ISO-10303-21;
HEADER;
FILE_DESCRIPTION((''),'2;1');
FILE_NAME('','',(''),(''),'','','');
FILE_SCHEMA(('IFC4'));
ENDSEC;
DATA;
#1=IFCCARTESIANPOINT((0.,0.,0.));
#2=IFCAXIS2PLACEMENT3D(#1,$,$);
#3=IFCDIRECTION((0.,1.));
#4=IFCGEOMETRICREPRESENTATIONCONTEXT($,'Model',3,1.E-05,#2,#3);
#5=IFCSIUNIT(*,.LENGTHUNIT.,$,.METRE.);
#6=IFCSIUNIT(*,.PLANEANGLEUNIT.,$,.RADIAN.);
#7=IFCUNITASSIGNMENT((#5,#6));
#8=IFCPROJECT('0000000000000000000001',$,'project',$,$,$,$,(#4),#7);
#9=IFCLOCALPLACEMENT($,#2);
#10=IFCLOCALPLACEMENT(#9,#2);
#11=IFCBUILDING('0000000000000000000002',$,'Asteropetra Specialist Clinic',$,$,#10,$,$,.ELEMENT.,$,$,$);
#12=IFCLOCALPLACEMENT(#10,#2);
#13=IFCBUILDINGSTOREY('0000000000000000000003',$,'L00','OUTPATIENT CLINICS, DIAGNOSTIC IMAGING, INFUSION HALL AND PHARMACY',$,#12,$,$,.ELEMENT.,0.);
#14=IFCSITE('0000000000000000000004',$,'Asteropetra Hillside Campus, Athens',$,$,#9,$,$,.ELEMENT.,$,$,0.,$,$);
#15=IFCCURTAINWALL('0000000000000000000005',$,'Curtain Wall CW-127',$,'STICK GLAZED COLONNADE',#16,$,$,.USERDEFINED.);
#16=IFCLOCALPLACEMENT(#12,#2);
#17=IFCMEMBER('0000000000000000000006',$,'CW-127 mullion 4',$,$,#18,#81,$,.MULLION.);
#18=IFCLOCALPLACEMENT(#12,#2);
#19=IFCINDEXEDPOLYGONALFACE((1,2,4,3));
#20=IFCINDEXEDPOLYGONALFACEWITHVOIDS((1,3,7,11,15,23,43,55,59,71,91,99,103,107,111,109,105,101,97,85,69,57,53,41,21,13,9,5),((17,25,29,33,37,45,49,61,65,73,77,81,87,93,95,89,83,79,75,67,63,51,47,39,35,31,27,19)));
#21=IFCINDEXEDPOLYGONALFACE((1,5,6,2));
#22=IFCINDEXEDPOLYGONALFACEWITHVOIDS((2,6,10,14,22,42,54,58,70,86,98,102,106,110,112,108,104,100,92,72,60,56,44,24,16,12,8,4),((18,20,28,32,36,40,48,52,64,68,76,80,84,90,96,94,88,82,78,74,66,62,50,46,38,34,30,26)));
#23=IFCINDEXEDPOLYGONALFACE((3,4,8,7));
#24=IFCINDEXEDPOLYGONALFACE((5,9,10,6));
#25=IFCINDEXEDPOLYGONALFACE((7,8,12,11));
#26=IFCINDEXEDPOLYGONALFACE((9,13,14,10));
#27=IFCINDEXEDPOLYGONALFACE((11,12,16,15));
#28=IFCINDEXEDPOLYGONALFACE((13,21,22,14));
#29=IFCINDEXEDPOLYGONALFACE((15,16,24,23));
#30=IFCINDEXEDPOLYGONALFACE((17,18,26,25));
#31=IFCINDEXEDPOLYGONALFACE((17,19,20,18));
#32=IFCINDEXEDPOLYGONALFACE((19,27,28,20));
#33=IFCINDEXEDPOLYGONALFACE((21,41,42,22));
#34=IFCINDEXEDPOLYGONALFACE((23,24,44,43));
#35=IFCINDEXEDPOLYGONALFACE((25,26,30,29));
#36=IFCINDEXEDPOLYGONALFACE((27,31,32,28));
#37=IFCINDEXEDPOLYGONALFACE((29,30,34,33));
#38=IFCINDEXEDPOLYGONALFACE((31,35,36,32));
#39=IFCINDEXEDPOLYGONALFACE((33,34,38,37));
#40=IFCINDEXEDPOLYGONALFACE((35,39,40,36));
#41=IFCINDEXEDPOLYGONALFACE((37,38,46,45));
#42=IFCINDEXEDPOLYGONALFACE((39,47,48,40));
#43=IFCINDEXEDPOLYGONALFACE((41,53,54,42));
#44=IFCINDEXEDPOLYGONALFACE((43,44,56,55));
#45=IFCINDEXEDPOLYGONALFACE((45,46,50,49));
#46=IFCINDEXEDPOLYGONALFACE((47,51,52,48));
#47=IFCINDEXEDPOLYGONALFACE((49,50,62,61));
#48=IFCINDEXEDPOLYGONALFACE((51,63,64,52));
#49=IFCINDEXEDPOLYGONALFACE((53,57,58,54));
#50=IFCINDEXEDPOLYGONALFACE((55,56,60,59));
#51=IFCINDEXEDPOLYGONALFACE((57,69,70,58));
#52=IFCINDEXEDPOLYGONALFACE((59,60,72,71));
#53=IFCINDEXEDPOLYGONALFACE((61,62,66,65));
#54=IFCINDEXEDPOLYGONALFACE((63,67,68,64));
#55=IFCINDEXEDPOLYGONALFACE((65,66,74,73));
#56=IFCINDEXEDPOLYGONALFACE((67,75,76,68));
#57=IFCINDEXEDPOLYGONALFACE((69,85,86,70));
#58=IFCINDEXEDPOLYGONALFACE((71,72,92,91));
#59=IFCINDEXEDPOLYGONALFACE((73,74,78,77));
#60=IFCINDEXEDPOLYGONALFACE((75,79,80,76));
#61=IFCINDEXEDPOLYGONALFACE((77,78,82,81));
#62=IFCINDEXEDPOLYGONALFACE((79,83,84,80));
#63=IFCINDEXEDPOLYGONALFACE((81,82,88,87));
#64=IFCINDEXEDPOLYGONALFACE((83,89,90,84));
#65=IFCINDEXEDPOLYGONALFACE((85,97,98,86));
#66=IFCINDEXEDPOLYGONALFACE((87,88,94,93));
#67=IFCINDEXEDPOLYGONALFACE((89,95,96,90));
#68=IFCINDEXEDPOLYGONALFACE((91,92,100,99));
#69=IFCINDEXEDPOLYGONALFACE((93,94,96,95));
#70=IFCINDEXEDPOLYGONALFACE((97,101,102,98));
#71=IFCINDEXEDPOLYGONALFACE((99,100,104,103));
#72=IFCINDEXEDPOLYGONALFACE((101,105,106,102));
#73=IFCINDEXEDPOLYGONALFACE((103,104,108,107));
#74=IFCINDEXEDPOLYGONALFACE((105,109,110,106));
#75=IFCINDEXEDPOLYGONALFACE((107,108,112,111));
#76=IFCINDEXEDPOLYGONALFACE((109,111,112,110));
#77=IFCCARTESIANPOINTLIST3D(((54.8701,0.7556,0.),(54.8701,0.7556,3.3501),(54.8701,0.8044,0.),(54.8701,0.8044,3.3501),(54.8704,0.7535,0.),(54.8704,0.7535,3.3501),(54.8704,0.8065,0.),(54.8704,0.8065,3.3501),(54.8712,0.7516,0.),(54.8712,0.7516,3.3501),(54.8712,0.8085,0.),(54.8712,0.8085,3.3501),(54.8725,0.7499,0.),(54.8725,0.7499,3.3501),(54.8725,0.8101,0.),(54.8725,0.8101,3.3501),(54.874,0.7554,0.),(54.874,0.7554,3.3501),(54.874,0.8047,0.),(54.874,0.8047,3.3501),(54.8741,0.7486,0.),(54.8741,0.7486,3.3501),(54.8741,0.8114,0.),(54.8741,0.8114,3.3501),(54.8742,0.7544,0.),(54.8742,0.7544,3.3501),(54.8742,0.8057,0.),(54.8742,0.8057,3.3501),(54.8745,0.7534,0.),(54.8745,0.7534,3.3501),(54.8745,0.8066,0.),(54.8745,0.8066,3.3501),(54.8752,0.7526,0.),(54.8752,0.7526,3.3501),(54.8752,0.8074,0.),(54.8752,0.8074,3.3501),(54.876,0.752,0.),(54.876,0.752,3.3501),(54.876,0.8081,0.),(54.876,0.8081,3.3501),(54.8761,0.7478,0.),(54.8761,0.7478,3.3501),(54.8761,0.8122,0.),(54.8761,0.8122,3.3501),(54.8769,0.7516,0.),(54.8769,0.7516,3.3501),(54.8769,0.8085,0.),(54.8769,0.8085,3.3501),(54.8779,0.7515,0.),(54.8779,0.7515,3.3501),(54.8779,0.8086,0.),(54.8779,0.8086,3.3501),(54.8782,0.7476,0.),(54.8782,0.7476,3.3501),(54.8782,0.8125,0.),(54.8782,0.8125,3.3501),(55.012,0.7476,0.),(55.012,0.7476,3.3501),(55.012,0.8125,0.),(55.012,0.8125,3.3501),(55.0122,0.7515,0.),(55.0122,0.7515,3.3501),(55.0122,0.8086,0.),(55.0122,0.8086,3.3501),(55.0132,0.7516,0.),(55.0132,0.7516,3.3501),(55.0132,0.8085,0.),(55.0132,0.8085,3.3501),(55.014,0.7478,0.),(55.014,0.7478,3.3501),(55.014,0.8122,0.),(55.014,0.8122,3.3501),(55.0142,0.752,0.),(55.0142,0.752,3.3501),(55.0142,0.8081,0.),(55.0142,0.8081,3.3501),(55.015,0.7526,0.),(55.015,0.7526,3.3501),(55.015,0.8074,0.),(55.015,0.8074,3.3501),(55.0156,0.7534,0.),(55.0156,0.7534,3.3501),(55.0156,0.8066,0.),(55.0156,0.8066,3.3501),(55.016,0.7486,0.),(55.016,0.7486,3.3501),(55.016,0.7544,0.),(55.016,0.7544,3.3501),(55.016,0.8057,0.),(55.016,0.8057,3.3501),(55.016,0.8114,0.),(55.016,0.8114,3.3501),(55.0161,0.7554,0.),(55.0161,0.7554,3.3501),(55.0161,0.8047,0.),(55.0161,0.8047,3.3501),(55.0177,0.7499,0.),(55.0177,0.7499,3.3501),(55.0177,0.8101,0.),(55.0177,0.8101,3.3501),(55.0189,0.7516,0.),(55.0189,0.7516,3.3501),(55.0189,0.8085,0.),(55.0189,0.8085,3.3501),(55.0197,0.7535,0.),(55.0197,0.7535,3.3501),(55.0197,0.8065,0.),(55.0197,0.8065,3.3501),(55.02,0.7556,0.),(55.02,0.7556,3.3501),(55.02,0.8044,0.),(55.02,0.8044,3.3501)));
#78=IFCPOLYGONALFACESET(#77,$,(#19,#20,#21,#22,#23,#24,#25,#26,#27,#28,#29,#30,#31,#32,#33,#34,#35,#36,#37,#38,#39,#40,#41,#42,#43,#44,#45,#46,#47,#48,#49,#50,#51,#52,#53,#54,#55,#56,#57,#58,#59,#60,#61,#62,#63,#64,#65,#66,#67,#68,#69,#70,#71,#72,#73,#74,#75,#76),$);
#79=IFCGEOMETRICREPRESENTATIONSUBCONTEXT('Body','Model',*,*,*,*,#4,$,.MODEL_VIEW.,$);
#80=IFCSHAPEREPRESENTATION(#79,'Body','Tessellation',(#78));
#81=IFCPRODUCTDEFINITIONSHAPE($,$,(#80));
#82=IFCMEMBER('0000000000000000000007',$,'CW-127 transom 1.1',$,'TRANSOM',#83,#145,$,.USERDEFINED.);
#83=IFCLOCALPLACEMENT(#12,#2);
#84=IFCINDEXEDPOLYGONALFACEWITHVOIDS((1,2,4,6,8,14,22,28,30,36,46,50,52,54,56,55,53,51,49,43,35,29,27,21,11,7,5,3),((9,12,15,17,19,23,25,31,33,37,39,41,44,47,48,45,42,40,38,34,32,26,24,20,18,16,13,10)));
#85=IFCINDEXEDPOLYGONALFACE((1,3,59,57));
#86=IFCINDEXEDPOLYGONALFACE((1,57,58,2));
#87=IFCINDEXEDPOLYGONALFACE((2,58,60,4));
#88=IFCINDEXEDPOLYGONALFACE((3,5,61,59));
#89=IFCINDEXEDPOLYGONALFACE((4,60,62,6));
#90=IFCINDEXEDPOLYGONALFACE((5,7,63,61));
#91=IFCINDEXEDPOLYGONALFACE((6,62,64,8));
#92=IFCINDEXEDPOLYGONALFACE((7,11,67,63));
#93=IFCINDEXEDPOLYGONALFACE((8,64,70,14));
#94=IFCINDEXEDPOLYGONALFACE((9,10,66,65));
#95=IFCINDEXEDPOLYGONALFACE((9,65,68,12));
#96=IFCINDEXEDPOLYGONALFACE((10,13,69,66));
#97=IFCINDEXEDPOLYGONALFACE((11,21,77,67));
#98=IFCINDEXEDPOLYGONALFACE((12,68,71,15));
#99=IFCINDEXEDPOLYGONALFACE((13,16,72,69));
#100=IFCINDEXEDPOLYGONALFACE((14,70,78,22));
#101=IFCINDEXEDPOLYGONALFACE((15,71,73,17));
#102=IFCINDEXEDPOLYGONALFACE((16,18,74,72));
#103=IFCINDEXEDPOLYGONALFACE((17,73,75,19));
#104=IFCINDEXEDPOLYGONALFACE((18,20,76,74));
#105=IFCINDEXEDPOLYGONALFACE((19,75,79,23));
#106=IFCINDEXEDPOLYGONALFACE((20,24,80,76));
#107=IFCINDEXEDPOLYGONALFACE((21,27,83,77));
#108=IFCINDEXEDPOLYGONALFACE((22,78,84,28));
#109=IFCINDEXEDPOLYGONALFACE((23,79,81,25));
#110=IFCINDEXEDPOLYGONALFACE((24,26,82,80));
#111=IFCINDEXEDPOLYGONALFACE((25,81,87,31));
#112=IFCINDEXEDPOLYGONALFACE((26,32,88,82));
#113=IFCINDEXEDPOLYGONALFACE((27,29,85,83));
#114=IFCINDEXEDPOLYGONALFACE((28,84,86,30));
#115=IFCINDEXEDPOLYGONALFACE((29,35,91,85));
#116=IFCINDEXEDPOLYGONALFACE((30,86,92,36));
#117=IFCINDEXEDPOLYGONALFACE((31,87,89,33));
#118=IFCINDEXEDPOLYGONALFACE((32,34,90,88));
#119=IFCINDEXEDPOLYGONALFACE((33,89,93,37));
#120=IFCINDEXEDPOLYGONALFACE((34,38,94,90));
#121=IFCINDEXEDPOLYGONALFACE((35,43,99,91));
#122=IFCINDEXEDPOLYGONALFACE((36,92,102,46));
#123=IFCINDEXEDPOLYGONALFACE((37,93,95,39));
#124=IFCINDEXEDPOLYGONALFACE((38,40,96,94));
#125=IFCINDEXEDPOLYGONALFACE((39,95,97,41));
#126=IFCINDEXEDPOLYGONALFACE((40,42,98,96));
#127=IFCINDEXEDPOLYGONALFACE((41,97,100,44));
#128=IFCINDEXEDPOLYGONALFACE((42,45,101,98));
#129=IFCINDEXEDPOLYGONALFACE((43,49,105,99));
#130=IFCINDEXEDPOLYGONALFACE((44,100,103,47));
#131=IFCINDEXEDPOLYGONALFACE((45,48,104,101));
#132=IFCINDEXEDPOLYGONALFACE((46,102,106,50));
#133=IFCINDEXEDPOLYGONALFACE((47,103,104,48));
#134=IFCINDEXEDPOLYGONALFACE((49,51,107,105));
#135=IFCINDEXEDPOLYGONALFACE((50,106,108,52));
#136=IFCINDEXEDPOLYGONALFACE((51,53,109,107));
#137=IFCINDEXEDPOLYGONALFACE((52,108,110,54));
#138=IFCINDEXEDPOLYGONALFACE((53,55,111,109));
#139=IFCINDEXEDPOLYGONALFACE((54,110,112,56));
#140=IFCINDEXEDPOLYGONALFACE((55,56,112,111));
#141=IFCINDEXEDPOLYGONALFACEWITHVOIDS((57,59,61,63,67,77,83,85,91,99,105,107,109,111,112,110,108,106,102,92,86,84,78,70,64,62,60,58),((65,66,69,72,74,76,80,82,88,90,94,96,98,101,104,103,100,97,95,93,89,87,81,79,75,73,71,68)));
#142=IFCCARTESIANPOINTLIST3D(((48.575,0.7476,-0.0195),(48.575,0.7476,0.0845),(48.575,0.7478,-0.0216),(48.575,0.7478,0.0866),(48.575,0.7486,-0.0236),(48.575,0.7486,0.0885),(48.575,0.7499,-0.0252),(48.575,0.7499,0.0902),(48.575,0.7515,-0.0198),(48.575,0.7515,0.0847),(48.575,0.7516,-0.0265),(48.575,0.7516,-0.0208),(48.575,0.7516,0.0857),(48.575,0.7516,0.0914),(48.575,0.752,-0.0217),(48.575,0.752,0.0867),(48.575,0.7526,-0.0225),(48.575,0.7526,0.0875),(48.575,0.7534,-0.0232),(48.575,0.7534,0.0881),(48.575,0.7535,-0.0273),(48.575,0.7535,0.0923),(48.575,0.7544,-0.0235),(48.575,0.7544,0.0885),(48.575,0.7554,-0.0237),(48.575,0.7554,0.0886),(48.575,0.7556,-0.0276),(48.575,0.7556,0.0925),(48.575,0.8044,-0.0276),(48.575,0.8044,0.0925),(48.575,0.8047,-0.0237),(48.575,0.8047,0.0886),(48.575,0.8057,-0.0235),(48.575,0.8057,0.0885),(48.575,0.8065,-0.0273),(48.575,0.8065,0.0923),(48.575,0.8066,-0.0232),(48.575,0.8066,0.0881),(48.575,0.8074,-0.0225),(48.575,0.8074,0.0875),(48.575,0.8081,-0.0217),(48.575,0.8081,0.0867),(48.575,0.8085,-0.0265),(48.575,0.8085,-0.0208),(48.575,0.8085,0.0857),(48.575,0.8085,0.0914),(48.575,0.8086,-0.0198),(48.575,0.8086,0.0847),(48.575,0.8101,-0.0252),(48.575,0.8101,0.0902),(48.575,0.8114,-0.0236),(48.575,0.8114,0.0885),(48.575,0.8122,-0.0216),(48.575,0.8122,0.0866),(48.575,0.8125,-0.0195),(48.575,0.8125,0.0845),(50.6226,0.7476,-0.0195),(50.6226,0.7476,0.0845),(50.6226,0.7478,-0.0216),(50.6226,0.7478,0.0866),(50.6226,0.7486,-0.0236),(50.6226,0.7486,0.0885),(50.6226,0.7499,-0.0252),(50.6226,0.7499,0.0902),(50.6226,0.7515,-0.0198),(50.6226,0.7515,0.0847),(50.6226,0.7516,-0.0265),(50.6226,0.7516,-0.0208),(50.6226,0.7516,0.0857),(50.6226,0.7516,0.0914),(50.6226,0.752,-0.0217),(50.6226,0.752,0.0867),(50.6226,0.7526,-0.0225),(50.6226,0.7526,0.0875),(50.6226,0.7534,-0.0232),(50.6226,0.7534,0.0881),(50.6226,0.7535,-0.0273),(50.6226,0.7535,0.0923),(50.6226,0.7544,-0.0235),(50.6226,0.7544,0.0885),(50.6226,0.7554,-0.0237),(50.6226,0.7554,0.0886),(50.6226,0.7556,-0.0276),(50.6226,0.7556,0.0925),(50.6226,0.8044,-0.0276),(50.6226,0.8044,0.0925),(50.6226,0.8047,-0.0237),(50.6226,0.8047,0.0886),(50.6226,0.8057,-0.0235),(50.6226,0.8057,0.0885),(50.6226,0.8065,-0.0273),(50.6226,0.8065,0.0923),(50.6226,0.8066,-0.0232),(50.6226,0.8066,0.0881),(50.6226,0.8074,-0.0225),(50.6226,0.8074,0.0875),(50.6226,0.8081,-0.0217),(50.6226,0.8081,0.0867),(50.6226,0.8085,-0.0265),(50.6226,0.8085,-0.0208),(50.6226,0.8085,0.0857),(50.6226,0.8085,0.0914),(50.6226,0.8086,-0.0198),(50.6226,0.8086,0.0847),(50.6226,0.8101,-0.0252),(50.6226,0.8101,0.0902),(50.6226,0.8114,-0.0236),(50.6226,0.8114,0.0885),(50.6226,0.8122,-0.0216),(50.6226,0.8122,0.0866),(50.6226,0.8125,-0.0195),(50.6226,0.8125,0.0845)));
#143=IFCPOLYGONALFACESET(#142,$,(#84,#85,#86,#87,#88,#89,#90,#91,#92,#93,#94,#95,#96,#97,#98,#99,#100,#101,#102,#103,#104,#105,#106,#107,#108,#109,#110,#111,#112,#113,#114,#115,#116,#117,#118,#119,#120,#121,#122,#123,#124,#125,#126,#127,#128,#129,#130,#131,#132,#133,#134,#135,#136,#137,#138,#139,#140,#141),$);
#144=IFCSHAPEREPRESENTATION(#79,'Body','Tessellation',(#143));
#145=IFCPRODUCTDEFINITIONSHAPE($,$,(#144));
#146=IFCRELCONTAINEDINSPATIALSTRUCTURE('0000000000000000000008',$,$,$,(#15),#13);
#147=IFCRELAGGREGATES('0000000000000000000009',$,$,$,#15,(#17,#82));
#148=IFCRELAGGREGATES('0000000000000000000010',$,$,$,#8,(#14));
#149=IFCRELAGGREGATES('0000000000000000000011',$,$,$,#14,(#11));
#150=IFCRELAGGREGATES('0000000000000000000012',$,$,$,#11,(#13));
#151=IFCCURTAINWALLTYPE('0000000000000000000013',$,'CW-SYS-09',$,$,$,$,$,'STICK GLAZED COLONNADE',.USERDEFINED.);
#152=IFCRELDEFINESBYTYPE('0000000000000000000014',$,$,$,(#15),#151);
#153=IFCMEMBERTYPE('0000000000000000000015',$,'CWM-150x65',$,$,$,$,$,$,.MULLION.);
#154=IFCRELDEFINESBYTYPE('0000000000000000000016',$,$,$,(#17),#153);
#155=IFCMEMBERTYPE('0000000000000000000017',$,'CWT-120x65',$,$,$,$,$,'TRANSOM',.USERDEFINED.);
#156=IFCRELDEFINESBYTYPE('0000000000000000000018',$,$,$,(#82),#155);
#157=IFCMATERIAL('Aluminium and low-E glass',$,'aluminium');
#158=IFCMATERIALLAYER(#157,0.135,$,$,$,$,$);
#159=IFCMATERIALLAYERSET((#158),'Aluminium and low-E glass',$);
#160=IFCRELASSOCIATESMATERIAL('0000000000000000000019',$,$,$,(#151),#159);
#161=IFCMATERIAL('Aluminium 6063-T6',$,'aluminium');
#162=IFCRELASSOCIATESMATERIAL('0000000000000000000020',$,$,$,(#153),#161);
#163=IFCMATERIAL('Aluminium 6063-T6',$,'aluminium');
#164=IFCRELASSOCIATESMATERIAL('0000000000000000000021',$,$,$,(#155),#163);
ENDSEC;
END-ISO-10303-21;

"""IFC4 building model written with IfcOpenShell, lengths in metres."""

from ifc_helpers import new_model, si_unit, direction, frame, origin, origin_2d, place, context, subcontext, project, spatial, hollow_rectangle, extrude, material, layer, layer_set, material_profile, profile_set, type_object, element, aggregate, save


model = new_model("IFC4")

# Units and contexts
model_context = context("Model", 3, precision=1e-05, world=origin(), true_north=direction((0.0, 1.0)))
body_context = subcontext(model_context, "Body", "Model", "MODEL_VIEW")
ifc_project = project(units=[si_unit("LENGTHUNIT", "METRE"), si_unit("PLANEANGLEUNIT", "RADIAN")], contexts=[model_context])

# Site, building, storey
site_placement = place(None, origin())
site = spatial("IfcSite", under=ifc_project, at=site_placement, Name="Asteropetra Hillside Campus, Athens", CompositionType="ELEMENT", RefElevation=0.0)
building_placement = place(site_placement, origin())
building = spatial("IfcBuilding", under=site, at=building_placement, Name="Asteropetra Specialist Clinic", CompositionType="ELEMENT")
storey_placement = place(building_placement, origin())
storey = spatial("IfcBuildingStorey", under=building, at=storey_placement, Name="L00", Description="OUTPATIENT CLINICS, DIAGNOSTIC IMAGING, INFUSION HALL AND PHARMACY", CompositionType="ELEMENT", Elevation=0.0)

# Curtain wall, members
ifc_material_1 = material(Name="Aluminium and low-E glass", Category="aluminium")
ifc_layer_1 = layer(ifc_material_1, 0.135)
ifc_layer_set_1 = layer_set([ifc_layer_1], Name="Aluminium and low-E glass")
curtain_wall_type_1 = type_object("IfcCurtainWallType", Name="CW-SYS-09", ElementType="STICK GLAZED COLONNADE", PredefinedType="USERDEFINED", material=ifc_layer_set_1)
curtain_wall_1_placement = place(storey_placement, origin())
curtain_wall_1 = element("IfcCurtainWall", 1, at=curtain_wall_1_placement, inside=storey, type_object=curtain_wall_type_1, Name="Curtain Wall CW-127", ObjectType="STICK GLAZED COLONNADE", PredefinedType="USERDEFINED")
ifc_material_2 = material(Name="Aluminium 6063-T6", Category="aluminium")
ifc_material_profile_1 = material_profile(ifc_material_2, hollow_rectangle(XDim=0.0649, YDim=0.1499, WallThickness=0.0039, InnerFilletRadius=0.0039, OuterFilletRadius=0.0081, at=origin_2d()), Name="MUL 150x65x4.0")
ifc_profile_set_1 = profile_set([ifc_material_profile_1], Name="Aluminium 6063-T6")
member_type_1 = type_object("IfcMemberType", Name="CWM-150x65", PredefinedType="MULLION", material=ifc_profile_set_1)
member_1_placement = place(storey_placement, frame((54.9451, 0.78, 0.0), z_axis=(0.0, 0.0, 1.0), x_axis=(0.0, 1.0, 0.0)))
member_1 = element("IfcMember", 2, at=member_1_placement, type_object=member_type_1, Name="CW-127 mullion 4", PredefinedType="MULLION", context=body_context, shape_type="SweptSolid", body=[
    extrude(hollow_rectangle(XDim=0.0649, YDim=0.1499, WallThickness=0.0039, InnerFilletRadius=0.0039, OuterFilletRadius=0.0081, at=origin_2d()), origin(), (0.0, 0.0, 1.0), 3.3501),
])
ifc_material_3 = material(Name="Aluminium 6063-T6", Category="aluminium")
ifc_material_profile_2 = material_profile(ifc_material_3, hollow_rectangle(XDim=0.0649, YDim=0.1201, WallThickness=0.0039, InnerFilletRadius=0.0039, OuterFilletRadius=0.0081, at=origin_2d()), Name="TRN 120x65x4.0")
ifc_profile_set_2 = profile_set([ifc_material_profile_2], Name="Aluminium 6063-T6")
member_type_2 = type_object("IfcMemberType", Name="CWT-120x65", ElementType="TRANSOM", PredefinedType="USERDEFINED", material=ifc_profile_set_2)
member_2_placement = place(storey_placement, frame((48.575, 0.78, 0.0325), z_axis=(1.0, 0.0, 0.0), x_axis=(0.0, 1.0, 0.0)))
member_2 = element("IfcMember", 3, at=member_2_placement, type_object=member_type_2, Name="CW-127 transom 1.1", ObjectType="TRANSOM", PredefinedType="USERDEFINED", context=body_context, shape_type="SweptSolid", body=[
    extrude(hollow_rectangle(XDim=0.0649, YDim=0.1201, WallThickness=0.0039, InnerFilletRadius=0.0039, OuterFilletRadius=0.0081, at=origin_2d()), origin(), (0.0, 0.0, 1.0), 2.0476),
])

aggregate(curtain_wall_1, [member_1, member_2])

save(model, "model.ifc")
